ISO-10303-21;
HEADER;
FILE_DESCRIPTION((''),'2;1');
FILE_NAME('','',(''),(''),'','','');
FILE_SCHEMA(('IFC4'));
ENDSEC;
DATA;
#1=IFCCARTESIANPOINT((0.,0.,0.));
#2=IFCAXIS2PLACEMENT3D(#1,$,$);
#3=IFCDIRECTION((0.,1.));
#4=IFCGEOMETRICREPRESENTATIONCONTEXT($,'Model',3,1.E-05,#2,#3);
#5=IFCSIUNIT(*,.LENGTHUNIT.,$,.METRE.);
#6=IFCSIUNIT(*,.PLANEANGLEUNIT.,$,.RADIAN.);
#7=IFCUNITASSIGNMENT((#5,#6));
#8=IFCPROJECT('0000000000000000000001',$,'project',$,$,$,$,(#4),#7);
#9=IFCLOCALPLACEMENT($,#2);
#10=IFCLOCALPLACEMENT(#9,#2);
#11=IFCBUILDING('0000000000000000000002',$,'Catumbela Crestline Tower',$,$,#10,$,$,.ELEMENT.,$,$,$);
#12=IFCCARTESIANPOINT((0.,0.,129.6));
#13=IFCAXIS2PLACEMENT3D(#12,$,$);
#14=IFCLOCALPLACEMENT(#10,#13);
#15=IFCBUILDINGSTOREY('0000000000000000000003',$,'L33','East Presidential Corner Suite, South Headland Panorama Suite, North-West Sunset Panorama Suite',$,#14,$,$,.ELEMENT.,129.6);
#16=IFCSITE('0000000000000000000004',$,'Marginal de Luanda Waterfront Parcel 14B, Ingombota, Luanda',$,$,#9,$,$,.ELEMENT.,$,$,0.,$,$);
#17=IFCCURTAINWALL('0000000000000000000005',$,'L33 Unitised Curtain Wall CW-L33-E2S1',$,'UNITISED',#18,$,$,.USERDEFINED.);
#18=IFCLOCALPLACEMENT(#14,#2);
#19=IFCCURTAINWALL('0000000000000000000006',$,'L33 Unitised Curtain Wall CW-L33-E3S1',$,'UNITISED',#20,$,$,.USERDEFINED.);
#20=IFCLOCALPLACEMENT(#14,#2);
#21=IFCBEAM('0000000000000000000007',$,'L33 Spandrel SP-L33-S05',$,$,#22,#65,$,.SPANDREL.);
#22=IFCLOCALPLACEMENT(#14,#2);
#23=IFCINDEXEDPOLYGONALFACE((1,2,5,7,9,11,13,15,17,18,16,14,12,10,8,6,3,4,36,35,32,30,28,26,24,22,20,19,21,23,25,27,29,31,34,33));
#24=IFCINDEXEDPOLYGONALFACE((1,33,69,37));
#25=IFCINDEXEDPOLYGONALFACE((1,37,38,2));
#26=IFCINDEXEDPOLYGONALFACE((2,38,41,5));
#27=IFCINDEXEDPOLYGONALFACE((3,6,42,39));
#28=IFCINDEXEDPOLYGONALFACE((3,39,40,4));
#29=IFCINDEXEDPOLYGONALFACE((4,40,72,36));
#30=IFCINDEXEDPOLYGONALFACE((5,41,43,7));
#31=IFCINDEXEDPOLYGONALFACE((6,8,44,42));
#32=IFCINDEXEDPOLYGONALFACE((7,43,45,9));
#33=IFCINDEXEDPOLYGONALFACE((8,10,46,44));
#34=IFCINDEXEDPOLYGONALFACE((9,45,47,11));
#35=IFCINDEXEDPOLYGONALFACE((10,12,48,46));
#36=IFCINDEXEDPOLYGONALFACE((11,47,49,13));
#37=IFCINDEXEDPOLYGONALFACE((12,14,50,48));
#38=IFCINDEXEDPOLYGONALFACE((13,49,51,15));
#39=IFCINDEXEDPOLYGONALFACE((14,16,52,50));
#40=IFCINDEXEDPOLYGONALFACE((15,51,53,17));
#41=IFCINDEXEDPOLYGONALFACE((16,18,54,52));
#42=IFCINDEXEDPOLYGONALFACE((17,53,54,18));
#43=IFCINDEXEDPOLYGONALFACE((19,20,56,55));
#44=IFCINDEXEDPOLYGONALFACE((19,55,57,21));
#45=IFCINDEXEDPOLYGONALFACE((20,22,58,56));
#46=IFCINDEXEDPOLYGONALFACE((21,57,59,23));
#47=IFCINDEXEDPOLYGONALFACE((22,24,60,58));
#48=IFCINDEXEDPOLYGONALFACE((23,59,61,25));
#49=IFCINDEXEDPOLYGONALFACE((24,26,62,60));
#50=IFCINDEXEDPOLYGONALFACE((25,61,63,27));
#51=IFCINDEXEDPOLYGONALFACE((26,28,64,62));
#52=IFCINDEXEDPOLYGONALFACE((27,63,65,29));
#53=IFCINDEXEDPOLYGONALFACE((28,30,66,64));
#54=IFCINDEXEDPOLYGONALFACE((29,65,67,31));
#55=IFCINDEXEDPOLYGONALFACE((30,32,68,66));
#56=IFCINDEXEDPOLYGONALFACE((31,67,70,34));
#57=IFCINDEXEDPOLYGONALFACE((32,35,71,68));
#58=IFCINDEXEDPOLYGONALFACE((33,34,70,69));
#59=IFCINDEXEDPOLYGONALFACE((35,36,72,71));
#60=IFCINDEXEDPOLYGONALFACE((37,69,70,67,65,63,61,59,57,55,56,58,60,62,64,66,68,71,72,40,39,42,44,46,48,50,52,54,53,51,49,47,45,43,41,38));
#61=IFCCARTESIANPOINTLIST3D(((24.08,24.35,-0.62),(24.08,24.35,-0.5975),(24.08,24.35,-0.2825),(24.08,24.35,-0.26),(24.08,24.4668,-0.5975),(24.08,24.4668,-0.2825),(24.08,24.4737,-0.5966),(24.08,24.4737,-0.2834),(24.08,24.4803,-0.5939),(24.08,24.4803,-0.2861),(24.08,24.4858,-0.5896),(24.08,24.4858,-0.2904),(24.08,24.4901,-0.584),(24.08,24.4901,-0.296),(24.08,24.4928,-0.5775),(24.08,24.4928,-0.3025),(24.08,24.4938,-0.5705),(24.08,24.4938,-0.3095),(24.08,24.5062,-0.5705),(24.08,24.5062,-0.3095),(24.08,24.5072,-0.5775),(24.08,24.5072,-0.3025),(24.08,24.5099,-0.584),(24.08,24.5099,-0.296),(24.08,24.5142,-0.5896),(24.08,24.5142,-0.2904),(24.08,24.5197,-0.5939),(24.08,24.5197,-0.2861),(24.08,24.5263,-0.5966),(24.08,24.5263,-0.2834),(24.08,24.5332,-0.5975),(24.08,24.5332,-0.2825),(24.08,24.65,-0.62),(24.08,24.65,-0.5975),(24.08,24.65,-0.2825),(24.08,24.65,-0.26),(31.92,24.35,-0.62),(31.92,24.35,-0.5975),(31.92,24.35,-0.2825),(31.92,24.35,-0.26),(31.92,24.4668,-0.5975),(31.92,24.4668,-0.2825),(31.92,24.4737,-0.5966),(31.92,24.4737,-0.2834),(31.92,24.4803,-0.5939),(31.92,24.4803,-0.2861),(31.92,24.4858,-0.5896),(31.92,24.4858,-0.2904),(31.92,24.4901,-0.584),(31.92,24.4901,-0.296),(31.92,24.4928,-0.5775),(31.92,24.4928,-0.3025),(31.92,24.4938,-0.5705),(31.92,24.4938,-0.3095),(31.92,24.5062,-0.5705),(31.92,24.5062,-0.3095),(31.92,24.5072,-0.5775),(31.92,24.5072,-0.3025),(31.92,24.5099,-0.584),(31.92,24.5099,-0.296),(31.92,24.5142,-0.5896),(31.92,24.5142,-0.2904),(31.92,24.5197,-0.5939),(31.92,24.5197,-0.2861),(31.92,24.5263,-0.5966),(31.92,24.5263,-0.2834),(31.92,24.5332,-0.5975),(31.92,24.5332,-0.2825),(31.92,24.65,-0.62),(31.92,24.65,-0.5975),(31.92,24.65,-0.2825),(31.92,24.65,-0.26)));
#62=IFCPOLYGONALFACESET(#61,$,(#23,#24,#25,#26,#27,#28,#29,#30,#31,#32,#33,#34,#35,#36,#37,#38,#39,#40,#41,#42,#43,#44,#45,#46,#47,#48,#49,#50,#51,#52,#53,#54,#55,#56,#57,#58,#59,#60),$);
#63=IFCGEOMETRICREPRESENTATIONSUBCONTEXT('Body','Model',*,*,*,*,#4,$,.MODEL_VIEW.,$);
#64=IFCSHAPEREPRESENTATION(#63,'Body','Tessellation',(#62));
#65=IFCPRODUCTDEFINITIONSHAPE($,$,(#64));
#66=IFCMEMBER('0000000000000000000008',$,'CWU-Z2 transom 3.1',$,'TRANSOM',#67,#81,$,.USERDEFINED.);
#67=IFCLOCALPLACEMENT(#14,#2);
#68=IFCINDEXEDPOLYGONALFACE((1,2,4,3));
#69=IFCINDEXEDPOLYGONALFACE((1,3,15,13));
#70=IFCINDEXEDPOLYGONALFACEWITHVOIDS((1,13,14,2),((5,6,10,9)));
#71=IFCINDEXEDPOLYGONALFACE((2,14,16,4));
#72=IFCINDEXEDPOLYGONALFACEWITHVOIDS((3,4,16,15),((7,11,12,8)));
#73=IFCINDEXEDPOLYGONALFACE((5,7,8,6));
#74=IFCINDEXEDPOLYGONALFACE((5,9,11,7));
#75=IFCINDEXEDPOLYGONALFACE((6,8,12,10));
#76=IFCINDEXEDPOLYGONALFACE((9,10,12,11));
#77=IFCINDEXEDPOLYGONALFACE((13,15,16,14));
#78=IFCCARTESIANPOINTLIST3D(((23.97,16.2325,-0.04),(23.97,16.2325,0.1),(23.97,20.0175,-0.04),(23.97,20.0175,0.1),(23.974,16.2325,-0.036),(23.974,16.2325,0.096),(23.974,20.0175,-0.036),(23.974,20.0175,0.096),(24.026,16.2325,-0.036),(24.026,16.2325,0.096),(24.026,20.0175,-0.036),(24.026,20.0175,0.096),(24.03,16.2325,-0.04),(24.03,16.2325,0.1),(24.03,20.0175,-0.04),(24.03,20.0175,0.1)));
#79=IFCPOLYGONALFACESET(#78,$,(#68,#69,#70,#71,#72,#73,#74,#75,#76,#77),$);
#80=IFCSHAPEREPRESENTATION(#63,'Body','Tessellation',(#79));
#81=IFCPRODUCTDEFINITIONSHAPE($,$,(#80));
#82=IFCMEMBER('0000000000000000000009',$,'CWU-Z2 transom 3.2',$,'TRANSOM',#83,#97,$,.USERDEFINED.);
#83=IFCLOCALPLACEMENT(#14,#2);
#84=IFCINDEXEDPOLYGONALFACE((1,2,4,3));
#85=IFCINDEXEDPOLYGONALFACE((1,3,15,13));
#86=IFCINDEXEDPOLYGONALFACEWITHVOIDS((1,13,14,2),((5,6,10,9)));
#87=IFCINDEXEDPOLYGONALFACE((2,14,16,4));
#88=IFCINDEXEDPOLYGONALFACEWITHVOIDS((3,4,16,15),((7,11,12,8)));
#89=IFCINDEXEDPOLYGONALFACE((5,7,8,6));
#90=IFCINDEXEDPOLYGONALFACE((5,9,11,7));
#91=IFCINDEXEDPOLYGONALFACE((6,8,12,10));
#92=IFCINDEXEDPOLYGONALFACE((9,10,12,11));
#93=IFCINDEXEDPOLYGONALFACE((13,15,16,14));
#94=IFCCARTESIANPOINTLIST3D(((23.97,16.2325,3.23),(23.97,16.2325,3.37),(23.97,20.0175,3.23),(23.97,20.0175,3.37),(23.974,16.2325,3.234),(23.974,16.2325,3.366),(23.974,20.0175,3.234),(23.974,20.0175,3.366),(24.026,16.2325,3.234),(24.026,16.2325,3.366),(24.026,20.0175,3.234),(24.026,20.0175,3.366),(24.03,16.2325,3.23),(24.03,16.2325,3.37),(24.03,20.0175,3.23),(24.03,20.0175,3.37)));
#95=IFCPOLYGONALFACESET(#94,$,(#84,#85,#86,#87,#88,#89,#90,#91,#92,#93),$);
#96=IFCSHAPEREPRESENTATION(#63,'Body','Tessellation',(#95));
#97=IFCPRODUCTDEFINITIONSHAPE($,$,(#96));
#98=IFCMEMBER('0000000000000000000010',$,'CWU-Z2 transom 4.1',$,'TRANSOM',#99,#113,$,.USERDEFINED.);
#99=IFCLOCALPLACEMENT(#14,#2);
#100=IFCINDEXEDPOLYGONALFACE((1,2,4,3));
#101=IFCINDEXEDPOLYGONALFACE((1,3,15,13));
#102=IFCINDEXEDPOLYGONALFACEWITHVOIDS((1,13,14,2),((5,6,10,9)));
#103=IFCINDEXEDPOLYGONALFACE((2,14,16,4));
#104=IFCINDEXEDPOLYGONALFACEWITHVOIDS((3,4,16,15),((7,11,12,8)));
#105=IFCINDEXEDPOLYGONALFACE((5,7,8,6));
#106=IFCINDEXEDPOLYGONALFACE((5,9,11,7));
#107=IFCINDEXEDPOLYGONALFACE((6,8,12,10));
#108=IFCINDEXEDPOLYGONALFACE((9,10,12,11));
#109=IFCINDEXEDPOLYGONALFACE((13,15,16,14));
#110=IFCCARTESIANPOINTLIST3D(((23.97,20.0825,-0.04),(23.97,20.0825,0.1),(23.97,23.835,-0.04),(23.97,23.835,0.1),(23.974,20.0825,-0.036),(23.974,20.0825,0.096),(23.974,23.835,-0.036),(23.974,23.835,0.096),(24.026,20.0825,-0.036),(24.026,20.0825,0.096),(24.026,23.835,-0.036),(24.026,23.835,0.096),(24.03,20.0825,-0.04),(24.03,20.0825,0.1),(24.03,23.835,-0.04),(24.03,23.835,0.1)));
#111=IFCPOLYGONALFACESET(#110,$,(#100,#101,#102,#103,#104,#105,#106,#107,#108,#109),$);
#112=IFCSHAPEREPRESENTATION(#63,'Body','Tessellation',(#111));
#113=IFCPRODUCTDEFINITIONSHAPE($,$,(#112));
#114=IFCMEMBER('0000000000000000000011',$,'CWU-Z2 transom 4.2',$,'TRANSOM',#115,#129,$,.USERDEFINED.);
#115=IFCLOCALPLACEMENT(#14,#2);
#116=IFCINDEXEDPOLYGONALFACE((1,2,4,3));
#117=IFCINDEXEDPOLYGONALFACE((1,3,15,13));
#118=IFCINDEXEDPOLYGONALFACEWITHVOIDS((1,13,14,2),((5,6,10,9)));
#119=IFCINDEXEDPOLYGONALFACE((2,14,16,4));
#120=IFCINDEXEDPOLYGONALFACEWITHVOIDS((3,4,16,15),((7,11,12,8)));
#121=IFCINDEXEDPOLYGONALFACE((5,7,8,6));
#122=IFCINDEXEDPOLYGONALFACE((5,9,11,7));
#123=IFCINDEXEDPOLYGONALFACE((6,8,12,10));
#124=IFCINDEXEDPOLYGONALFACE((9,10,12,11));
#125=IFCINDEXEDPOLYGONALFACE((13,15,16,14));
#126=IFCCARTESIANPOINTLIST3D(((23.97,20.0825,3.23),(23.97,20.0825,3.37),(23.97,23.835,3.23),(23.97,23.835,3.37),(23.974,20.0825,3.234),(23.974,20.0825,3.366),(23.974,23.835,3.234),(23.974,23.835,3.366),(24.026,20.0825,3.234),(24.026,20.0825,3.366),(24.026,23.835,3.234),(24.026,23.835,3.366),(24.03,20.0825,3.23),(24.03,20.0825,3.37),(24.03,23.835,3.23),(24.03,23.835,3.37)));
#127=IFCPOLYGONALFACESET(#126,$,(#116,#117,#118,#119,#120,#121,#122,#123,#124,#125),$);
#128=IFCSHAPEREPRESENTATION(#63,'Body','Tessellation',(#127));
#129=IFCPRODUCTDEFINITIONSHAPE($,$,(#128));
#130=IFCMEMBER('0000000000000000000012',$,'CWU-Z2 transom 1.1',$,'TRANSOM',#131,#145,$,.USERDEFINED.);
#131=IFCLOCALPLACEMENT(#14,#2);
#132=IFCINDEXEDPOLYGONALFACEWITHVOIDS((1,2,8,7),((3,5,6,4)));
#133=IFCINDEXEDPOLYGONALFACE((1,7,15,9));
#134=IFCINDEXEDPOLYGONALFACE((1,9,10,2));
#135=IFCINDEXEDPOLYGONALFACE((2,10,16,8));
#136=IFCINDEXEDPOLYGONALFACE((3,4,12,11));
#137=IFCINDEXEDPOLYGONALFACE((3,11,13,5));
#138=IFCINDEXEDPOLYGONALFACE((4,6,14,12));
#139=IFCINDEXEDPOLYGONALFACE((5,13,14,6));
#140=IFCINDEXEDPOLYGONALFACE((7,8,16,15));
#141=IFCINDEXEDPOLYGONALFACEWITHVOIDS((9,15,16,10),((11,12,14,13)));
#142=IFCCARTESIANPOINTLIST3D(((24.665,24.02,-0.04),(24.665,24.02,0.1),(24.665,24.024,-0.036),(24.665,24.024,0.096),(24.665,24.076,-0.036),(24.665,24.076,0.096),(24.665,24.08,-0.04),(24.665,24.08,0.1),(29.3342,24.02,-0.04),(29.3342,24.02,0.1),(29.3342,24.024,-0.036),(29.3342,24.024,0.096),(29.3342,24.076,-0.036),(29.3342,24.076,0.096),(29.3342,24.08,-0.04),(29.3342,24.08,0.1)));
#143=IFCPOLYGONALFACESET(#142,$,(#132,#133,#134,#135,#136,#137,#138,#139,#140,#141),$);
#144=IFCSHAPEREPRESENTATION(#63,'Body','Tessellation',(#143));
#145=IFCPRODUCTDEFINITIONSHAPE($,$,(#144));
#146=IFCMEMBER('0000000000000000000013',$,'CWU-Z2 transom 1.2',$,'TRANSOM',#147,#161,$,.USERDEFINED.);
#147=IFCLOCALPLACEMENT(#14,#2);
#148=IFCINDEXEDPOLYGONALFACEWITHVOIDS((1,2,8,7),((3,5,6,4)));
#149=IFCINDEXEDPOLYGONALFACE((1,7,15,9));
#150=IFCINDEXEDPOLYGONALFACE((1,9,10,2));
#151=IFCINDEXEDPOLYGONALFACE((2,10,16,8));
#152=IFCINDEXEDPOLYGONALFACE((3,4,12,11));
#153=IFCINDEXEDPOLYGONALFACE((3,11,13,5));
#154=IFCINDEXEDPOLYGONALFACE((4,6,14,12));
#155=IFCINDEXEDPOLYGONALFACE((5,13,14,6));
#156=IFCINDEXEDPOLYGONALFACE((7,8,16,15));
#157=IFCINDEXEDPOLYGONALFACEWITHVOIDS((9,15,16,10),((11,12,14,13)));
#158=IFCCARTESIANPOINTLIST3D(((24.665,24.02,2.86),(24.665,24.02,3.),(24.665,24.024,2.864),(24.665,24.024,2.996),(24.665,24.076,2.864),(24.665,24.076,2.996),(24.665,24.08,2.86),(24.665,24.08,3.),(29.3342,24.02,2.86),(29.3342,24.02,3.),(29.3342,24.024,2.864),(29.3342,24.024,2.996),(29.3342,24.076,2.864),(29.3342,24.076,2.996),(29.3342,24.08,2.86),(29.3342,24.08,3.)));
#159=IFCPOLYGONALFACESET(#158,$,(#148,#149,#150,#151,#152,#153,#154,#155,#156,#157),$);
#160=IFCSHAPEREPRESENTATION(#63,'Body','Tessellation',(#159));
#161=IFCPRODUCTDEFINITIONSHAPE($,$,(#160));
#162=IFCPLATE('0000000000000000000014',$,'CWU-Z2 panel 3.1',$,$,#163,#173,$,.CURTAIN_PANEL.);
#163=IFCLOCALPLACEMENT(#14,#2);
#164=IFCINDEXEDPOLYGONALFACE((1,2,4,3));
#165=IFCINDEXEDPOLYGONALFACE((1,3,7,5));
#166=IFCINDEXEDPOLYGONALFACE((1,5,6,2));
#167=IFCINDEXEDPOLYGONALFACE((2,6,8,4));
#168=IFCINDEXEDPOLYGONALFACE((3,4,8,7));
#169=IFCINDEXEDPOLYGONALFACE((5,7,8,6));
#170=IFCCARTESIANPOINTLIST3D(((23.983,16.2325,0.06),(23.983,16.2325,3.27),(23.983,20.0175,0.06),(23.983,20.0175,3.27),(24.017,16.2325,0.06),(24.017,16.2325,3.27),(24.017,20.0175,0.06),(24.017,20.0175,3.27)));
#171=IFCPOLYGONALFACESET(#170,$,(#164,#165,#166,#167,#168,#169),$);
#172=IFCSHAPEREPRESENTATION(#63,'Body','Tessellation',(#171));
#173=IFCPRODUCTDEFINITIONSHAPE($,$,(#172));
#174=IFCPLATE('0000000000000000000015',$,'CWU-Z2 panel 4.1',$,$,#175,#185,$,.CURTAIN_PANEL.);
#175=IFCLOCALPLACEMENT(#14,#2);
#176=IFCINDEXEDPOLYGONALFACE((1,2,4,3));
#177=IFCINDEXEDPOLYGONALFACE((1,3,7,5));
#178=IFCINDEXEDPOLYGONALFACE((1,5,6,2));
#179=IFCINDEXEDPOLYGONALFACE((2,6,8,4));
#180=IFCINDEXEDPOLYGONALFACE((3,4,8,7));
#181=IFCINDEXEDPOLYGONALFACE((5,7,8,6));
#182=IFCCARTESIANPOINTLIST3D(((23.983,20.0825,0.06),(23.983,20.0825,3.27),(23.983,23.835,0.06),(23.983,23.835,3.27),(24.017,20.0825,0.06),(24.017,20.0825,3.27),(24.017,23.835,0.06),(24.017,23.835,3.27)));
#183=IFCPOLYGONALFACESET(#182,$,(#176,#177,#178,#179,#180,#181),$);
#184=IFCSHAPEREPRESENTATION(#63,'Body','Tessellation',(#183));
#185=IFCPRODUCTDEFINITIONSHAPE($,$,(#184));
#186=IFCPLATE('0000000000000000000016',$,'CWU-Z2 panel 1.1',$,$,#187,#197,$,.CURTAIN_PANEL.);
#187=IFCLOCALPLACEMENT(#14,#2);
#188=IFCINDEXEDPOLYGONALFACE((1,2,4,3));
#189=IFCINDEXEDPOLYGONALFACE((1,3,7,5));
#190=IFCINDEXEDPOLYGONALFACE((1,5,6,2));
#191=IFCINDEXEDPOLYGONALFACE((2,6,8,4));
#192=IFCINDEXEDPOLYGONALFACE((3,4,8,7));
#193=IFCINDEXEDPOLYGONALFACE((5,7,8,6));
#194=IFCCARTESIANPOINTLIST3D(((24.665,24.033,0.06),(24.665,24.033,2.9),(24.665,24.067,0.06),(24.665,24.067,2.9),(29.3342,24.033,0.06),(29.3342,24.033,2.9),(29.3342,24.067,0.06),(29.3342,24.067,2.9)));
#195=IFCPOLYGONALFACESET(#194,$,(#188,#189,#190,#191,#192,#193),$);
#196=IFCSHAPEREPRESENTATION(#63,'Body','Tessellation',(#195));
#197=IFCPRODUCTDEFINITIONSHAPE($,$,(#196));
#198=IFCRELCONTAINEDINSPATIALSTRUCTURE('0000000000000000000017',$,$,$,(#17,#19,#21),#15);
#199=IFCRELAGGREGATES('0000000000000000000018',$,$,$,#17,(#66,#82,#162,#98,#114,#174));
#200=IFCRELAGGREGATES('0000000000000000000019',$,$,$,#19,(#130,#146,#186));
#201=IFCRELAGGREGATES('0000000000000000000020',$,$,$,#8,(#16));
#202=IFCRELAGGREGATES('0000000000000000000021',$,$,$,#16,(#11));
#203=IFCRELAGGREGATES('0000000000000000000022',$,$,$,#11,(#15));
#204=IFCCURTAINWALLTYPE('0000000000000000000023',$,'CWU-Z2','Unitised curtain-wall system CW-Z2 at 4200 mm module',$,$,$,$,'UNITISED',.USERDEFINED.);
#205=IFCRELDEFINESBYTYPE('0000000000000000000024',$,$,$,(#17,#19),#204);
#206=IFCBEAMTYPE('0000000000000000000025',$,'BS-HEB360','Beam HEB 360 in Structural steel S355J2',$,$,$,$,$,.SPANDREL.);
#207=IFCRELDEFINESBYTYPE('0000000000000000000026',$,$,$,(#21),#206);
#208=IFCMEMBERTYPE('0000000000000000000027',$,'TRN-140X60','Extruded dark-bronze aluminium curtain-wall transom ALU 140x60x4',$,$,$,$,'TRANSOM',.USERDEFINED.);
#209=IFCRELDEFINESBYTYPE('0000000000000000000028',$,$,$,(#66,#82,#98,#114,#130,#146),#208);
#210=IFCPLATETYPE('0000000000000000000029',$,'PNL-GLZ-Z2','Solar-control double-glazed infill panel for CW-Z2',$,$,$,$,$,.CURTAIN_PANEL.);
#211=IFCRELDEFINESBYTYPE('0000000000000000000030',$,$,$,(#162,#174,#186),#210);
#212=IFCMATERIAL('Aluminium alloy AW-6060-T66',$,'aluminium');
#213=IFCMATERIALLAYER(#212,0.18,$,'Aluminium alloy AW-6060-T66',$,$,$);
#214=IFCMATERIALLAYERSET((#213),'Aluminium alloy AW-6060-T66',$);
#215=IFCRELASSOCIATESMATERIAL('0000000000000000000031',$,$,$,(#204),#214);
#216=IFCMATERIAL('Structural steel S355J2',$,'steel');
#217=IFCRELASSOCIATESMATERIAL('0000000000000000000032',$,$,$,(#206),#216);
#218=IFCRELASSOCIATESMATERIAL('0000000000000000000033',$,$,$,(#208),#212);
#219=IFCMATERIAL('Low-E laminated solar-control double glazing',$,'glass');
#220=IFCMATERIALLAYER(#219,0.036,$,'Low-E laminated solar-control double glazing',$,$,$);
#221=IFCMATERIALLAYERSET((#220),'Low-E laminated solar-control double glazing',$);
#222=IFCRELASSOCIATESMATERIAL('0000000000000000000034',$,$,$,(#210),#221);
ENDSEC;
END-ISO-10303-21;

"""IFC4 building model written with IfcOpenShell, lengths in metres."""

from ifc_helpers import new_model, si_unit, direction, frame, origin, origin_2d, place, context, subcontext, project, spatial, rectangle, hollow_rectangle, i_section, extrude, material, layer, layer_set, material_profile, profile_set, type_object, element, aggregate, save


model = new_model("IFC4")

# Units and contexts
model_context = context("Model", 3, precision=1e-05, world=origin(), true_north=direction((0.0, 1.0)))
body_context = subcontext(model_context, "Body", "Model", "MODEL_VIEW")
ifc_project = project(units=[si_unit("LENGTHUNIT", "METRE"), si_unit("PLANEANGLEUNIT", "RADIAN")], contexts=[model_context])

# Site, building, storey
site_placement = place(None, origin())
site = spatial("IfcSite", under=ifc_project, at=site_placement, Name="Marginal de Luanda Waterfront Parcel 14B, Ingombota, Luanda", CompositionType="ELEMENT", RefElevation=0.0)
building_placement = place(site_placement, origin())
building = spatial("IfcBuilding", under=site, at=building_placement, Name="Catumbela Crestline Tower", CompositionType="ELEMENT")
storey_placement = place(building_placement, frame((0.0, 0.0, 129.6)))
storey = spatial("IfcBuildingStorey", under=building, at=storey_placement, Name="L33", Description="East Presidential Corner Suite, South Headland Panorama Suite, North-West Sunset Panorama Suite", CompositionType="ELEMENT", Elevation=129.6)

# Shared definitions
ifc_material_1 = material(Name="Structural steel S355J2", Category="steel")

# Curtain wall
ifc_material_2 = material(Name="Aluminium alloy AW-6060-T66", Category="aluminium")
ifc_layer_1 = layer(ifc_material_2, 0.18, Name="Aluminium alloy AW-6060-T66")
ifc_layer_set_1 = layer_set([ifc_layer_1], Name="Aluminium alloy AW-6060-T66")
curtain_wall_type = type_object("IfcCurtainWallType", Name="CWU-Z2", Description="Unitised curtain-wall system CW-Z2 at 4200 mm module", ElementType="UNITISED", PredefinedType="USERDEFINED", material=ifc_layer_set_1)
curtain_wall_1_placement = place(storey_placement, origin())
curtain_wall_1 = element("IfcCurtainWall", 1, at=curtain_wall_1_placement, inside=storey, type_object=curtain_wall_type, Name="L33 Unitised Curtain Wall CW-L33-E2S1", ObjectType="UNITISED", PredefinedType="USERDEFINED")

# Curtain wall
curtain_wall_2_placement = place(storey_placement, origin())
curtain_wall_2 = element("IfcCurtainWall", 2, at=curtain_wall_2_placement, inside=storey, type_object=curtain_wall_type, Name="L33 Unitised Curtain Wall CW-L33-E3S1", ObjectType="UNITISED", PredefinedType="USERDEFINED")

# Beam
ifc_material_profile_1 = material_profile(ifc_material_1, i_section(OverallWidth=0.3, OverallDepth=0.36, WebThickness=0.0125, FlangeThickness=0.0225, FilletRadius=0.027, at=origin_2d()), Name="HEB 360")
ifc_profile_set_1 = profile_set([ifc_material_profile_1], Name="Structural steel S355J2")
beam_type_1 = type_object("IfcBeamType", Name="BS-HEB360", Description="Beam HEB 360 in Structural steel S355J2", PredefinedType="SPANDREL", material=ifc_profile_set_1)
beam_1_placement = place(storey_placement, frame((24.08, 24.5, -0.44), z_axis=(1.0, 0.0, 0.0), x_axis=(0.0, 1.0, 0.0)))
element("IfcBeam", 3, at=beam_1_placement, inside=storey, type_object=beam_type_1, Name="L33 Spandrel SP-L33-S05", PredefinedType="SPANDREL", context=body_context, shape_type="SweptSolid", body=[
    extrude(i_section(OverallWidth=0.3, OverallDepth=0.36, WebThickness=0.0125, FlangeThickness=0.0225, FilletRadius=0.027, at=origin_2d()), origin(), (0.0, 0.0, 1.0), 7.84),
])

# Members
ifc_material_profile_2 = material_profile(ifc_material_2, hollow_rectangle(XDim=0.06, YDim=0.14, WallThickness=0.004, at=origin_2d()), Name="ALU 140x60x4")
ifc_profile_set_2 = profile_set([ifc_material_profile_2], Name="Aluminium alloy AW-6060-T66")
member_type_1 = type_object("IfcMemberType", Name="TRN-140X60", Description="Extruded dark-bronze aluminium curtain-wall transom ALU 140x60x4", ElementType="TRANSOM", PredefinedType="USERDEFINED", material=ifc_profile_set_2)
member_1_placement = place(storey_placement, frame((24.0, 16.2325, 0.03), z_axis=(0.0, 1.0, 0.0), x_axis=(-1.0, 0.0, 0.0)))
member_1 = element("IfcMember", 4, at=member_1_placement, type_object=member_type_1, Name="CWU-Z2 transom 3.1", ObjectType="TRANSOM", PredefinedType="USERDEFINED", context=body_context, shape_type="SweptSolid", body=[
    extrude(hollow_rectangle(XDim=0.06, YDim=0.14, WallThickness=0.004, at=origin_2d()), origin(), (0.0, 0.0, 1.0), 3.785),
])
member_2_placement = place(storey_placement, frame((24.0, 16.2325, 3.3), z_axis=(0.0, 1.0, 0.0), x_axis=(-1.0, 0.0, 0.0)))
member_2 = element("IfcMember", 5, at=member_2_placement, type_object=member_type_1, Name="CWU-Z2 transom 3.2", ObjectType="TRANSOM", PredefinedType="USERDEFINED", context=body_context, shape_type="SweptSolid", body=[
    extrude(hollow_rectangle(XDim=0.06, YDim=0.14, WallThickness=0.004, at=origin_2d()), origin(), (0.0, 0.0, 1.0), 3.785),
])
member_3_placement = place(storey_placement, frame((24.0, 20.0825, 0.03), z_axis=(0.0, 1.0, 0.0), x_axis=(-1.0, 0.0, 0.0)))
member_3 = element("IfcMember", 6, at=member_3_placement, type_object=member_type_1, Name="CWU-Z2 transom 4.1", ObjectType="TRANSOM", PredefinedType="USERDEFINED", context=body_context, shape_type="SweptSolid", body=[
    extrude(hollow_rectangle(XDim=0.06, YDim=0.14, WallThickness=0.004, at=origin_2d()), origin(), (0.0, 0.0, 1.0), 3.7525),
])
member_4_placement = place(storey_placement, frame((24.0, 20.0825, 3.3), z_axis=(0.0, 1.0, 0.0), x_axis=(-1.0, 0.0, 0.0)))
member_4 = element("IfcMember", 7, at=member_4_placement, type_object=member_type_1, Name="CWU-Z2 transom 4.2", ObjectType="TRANSOM", PredefinedType="USERDEFINED", context=body_context, shape_type="SweptSolid", body=[
    extrude(hollow_rectangle(XDim=0.06, YDim=0.14, WallThickness=0.004, at=origin_2d()), origin(), (0.0, 0.0, 1.0), 3.7525),
])
member_5_placement = place(storey_placement, frame((24.665, 24.05, 0.03), z_axis=(1.0, 0.0, 0.0), x_axis=(0.0, 1.0, 0.0)))
member_5 = element("IfcMember", 8, at=member_5_placement, type_object=member_type_1, Name="CWU-Z2 transom 1.1", ObjectType="TRANSOM", PredefinedType="USERDEFINED", context=body_context, shape_type="SweptSolid", body=[
    extrude(hollow_rectangle(XDim=0.06, YDim=0.14, WallThickness=0.004, at=origin_2d()), origin(), (0.0, 0.0, 1.0), 4.6692),
])
member_6_placement = place(storey_placement, frame((24.665, 24.05, 2.93), z_axis=(1.0, 0.0, 0.0), x_axis=(0.0, 1.0, 0.0)))
member_6 = element("IfcMember", 9, at=member_6_placement, type_object=member_type_1, Name="CWU-Z2 transom 1.2", ObjectType="TRANSOM", PredefinedType="USERDEFINED", context=body_context, shape_type="SweptSolid", body=[
    extrude(hollow_rectangle(XDim=0.06, YDim=0.14, WallThickness=0.004, at=origin_2d()), origin(), (0.0, 0.0, 1.0), 4.6692),
])

# Plates
ifc_material_3 = material(Name="Low-E laminated solar-control double glazing", Category="glass")
ifc_layer_2 = layer(ifc_material_3, 0.036, Name="Low-E laminated solar-control double glazing")
ifc_layer_set_2 = layer_set([ifc_layer_2], Name="Low-E laminated solar-control double glazing")
plate_type = type_object("IfcPlateType", Name="PNL-GLZ-Z2", Description="Solar-control double-glazed infill panel for CW-Z2", PredefinedType="CURTAIN_PANEL", material=ifc_layer_set_2)
plate_1_placement = place(storey_placement, frame((24.0, 18.125, 0.06), z_axis=(0.0, 0.0, 1.0), x_axis=(0.0, 1.0, 0.0)))
plate_1 = element("IfcPlate", 10, at=plate_1_placement, type_object=plate_type, Name="CWU-Z2 panel 3.1", PredefinedType="CURTAIN_PANEL", context=body_context, shape_type="SweptSolid", body=[
    extrude(rectangle(XDim=3.785, YDim=0.034, at=origin_2d()), origin(), (0.0, 0.0, 1.0), 3.21),
])
plate_2_placement = place(storey_placement, frame((24.0, 21.9587, 0.06), z_axis=(0.0, 0.0, 1.0), x_axis=(0.0, 1.0, 0.0)))
plate_2 = element("IfcPlate", 11, at=plate_2_placement, type_object=plate_type, Name="CWU-Z2 panel 4.1", PredefinedType="CURTAIN_PANEL", context=body_context, shape_type="SweptSolid", body=[
    extrude(rectangle(XDim=3.7525, YDim=0.034, at=origin_2d()), origin(), (0.0, 0.0, 1.0), 3.21),
])
aggregate(curtain_wall_1, [member_1, member_2, plate_1, member_3, member_4, plate_2])
plate_3_placement = place(storey_placement, frame((26.9996, 24.05, 0.06), z_axis=(0.0, 0.0, 1.0), x_axis=(1.0, 0.0, 0.0)))
plate_3 = element("IfcPlate", 12, at=plate_3_placement, type_object=plate_type, Name="CWU-Z2 panel 1.1", PredefinedType="CURTAIN_PANEL", context=body_context, shape_type="SweptSolid", body=[
    extrude(rectangle(XDim=4.6692, YDim=0.034, at=origin_2d()), origin(), (0.0, 0.0, 1.0), 2.84),
])
aggregate(curtain_wall_2, [member_5, member_6, plate_3])

save(model, "model.ifc")
